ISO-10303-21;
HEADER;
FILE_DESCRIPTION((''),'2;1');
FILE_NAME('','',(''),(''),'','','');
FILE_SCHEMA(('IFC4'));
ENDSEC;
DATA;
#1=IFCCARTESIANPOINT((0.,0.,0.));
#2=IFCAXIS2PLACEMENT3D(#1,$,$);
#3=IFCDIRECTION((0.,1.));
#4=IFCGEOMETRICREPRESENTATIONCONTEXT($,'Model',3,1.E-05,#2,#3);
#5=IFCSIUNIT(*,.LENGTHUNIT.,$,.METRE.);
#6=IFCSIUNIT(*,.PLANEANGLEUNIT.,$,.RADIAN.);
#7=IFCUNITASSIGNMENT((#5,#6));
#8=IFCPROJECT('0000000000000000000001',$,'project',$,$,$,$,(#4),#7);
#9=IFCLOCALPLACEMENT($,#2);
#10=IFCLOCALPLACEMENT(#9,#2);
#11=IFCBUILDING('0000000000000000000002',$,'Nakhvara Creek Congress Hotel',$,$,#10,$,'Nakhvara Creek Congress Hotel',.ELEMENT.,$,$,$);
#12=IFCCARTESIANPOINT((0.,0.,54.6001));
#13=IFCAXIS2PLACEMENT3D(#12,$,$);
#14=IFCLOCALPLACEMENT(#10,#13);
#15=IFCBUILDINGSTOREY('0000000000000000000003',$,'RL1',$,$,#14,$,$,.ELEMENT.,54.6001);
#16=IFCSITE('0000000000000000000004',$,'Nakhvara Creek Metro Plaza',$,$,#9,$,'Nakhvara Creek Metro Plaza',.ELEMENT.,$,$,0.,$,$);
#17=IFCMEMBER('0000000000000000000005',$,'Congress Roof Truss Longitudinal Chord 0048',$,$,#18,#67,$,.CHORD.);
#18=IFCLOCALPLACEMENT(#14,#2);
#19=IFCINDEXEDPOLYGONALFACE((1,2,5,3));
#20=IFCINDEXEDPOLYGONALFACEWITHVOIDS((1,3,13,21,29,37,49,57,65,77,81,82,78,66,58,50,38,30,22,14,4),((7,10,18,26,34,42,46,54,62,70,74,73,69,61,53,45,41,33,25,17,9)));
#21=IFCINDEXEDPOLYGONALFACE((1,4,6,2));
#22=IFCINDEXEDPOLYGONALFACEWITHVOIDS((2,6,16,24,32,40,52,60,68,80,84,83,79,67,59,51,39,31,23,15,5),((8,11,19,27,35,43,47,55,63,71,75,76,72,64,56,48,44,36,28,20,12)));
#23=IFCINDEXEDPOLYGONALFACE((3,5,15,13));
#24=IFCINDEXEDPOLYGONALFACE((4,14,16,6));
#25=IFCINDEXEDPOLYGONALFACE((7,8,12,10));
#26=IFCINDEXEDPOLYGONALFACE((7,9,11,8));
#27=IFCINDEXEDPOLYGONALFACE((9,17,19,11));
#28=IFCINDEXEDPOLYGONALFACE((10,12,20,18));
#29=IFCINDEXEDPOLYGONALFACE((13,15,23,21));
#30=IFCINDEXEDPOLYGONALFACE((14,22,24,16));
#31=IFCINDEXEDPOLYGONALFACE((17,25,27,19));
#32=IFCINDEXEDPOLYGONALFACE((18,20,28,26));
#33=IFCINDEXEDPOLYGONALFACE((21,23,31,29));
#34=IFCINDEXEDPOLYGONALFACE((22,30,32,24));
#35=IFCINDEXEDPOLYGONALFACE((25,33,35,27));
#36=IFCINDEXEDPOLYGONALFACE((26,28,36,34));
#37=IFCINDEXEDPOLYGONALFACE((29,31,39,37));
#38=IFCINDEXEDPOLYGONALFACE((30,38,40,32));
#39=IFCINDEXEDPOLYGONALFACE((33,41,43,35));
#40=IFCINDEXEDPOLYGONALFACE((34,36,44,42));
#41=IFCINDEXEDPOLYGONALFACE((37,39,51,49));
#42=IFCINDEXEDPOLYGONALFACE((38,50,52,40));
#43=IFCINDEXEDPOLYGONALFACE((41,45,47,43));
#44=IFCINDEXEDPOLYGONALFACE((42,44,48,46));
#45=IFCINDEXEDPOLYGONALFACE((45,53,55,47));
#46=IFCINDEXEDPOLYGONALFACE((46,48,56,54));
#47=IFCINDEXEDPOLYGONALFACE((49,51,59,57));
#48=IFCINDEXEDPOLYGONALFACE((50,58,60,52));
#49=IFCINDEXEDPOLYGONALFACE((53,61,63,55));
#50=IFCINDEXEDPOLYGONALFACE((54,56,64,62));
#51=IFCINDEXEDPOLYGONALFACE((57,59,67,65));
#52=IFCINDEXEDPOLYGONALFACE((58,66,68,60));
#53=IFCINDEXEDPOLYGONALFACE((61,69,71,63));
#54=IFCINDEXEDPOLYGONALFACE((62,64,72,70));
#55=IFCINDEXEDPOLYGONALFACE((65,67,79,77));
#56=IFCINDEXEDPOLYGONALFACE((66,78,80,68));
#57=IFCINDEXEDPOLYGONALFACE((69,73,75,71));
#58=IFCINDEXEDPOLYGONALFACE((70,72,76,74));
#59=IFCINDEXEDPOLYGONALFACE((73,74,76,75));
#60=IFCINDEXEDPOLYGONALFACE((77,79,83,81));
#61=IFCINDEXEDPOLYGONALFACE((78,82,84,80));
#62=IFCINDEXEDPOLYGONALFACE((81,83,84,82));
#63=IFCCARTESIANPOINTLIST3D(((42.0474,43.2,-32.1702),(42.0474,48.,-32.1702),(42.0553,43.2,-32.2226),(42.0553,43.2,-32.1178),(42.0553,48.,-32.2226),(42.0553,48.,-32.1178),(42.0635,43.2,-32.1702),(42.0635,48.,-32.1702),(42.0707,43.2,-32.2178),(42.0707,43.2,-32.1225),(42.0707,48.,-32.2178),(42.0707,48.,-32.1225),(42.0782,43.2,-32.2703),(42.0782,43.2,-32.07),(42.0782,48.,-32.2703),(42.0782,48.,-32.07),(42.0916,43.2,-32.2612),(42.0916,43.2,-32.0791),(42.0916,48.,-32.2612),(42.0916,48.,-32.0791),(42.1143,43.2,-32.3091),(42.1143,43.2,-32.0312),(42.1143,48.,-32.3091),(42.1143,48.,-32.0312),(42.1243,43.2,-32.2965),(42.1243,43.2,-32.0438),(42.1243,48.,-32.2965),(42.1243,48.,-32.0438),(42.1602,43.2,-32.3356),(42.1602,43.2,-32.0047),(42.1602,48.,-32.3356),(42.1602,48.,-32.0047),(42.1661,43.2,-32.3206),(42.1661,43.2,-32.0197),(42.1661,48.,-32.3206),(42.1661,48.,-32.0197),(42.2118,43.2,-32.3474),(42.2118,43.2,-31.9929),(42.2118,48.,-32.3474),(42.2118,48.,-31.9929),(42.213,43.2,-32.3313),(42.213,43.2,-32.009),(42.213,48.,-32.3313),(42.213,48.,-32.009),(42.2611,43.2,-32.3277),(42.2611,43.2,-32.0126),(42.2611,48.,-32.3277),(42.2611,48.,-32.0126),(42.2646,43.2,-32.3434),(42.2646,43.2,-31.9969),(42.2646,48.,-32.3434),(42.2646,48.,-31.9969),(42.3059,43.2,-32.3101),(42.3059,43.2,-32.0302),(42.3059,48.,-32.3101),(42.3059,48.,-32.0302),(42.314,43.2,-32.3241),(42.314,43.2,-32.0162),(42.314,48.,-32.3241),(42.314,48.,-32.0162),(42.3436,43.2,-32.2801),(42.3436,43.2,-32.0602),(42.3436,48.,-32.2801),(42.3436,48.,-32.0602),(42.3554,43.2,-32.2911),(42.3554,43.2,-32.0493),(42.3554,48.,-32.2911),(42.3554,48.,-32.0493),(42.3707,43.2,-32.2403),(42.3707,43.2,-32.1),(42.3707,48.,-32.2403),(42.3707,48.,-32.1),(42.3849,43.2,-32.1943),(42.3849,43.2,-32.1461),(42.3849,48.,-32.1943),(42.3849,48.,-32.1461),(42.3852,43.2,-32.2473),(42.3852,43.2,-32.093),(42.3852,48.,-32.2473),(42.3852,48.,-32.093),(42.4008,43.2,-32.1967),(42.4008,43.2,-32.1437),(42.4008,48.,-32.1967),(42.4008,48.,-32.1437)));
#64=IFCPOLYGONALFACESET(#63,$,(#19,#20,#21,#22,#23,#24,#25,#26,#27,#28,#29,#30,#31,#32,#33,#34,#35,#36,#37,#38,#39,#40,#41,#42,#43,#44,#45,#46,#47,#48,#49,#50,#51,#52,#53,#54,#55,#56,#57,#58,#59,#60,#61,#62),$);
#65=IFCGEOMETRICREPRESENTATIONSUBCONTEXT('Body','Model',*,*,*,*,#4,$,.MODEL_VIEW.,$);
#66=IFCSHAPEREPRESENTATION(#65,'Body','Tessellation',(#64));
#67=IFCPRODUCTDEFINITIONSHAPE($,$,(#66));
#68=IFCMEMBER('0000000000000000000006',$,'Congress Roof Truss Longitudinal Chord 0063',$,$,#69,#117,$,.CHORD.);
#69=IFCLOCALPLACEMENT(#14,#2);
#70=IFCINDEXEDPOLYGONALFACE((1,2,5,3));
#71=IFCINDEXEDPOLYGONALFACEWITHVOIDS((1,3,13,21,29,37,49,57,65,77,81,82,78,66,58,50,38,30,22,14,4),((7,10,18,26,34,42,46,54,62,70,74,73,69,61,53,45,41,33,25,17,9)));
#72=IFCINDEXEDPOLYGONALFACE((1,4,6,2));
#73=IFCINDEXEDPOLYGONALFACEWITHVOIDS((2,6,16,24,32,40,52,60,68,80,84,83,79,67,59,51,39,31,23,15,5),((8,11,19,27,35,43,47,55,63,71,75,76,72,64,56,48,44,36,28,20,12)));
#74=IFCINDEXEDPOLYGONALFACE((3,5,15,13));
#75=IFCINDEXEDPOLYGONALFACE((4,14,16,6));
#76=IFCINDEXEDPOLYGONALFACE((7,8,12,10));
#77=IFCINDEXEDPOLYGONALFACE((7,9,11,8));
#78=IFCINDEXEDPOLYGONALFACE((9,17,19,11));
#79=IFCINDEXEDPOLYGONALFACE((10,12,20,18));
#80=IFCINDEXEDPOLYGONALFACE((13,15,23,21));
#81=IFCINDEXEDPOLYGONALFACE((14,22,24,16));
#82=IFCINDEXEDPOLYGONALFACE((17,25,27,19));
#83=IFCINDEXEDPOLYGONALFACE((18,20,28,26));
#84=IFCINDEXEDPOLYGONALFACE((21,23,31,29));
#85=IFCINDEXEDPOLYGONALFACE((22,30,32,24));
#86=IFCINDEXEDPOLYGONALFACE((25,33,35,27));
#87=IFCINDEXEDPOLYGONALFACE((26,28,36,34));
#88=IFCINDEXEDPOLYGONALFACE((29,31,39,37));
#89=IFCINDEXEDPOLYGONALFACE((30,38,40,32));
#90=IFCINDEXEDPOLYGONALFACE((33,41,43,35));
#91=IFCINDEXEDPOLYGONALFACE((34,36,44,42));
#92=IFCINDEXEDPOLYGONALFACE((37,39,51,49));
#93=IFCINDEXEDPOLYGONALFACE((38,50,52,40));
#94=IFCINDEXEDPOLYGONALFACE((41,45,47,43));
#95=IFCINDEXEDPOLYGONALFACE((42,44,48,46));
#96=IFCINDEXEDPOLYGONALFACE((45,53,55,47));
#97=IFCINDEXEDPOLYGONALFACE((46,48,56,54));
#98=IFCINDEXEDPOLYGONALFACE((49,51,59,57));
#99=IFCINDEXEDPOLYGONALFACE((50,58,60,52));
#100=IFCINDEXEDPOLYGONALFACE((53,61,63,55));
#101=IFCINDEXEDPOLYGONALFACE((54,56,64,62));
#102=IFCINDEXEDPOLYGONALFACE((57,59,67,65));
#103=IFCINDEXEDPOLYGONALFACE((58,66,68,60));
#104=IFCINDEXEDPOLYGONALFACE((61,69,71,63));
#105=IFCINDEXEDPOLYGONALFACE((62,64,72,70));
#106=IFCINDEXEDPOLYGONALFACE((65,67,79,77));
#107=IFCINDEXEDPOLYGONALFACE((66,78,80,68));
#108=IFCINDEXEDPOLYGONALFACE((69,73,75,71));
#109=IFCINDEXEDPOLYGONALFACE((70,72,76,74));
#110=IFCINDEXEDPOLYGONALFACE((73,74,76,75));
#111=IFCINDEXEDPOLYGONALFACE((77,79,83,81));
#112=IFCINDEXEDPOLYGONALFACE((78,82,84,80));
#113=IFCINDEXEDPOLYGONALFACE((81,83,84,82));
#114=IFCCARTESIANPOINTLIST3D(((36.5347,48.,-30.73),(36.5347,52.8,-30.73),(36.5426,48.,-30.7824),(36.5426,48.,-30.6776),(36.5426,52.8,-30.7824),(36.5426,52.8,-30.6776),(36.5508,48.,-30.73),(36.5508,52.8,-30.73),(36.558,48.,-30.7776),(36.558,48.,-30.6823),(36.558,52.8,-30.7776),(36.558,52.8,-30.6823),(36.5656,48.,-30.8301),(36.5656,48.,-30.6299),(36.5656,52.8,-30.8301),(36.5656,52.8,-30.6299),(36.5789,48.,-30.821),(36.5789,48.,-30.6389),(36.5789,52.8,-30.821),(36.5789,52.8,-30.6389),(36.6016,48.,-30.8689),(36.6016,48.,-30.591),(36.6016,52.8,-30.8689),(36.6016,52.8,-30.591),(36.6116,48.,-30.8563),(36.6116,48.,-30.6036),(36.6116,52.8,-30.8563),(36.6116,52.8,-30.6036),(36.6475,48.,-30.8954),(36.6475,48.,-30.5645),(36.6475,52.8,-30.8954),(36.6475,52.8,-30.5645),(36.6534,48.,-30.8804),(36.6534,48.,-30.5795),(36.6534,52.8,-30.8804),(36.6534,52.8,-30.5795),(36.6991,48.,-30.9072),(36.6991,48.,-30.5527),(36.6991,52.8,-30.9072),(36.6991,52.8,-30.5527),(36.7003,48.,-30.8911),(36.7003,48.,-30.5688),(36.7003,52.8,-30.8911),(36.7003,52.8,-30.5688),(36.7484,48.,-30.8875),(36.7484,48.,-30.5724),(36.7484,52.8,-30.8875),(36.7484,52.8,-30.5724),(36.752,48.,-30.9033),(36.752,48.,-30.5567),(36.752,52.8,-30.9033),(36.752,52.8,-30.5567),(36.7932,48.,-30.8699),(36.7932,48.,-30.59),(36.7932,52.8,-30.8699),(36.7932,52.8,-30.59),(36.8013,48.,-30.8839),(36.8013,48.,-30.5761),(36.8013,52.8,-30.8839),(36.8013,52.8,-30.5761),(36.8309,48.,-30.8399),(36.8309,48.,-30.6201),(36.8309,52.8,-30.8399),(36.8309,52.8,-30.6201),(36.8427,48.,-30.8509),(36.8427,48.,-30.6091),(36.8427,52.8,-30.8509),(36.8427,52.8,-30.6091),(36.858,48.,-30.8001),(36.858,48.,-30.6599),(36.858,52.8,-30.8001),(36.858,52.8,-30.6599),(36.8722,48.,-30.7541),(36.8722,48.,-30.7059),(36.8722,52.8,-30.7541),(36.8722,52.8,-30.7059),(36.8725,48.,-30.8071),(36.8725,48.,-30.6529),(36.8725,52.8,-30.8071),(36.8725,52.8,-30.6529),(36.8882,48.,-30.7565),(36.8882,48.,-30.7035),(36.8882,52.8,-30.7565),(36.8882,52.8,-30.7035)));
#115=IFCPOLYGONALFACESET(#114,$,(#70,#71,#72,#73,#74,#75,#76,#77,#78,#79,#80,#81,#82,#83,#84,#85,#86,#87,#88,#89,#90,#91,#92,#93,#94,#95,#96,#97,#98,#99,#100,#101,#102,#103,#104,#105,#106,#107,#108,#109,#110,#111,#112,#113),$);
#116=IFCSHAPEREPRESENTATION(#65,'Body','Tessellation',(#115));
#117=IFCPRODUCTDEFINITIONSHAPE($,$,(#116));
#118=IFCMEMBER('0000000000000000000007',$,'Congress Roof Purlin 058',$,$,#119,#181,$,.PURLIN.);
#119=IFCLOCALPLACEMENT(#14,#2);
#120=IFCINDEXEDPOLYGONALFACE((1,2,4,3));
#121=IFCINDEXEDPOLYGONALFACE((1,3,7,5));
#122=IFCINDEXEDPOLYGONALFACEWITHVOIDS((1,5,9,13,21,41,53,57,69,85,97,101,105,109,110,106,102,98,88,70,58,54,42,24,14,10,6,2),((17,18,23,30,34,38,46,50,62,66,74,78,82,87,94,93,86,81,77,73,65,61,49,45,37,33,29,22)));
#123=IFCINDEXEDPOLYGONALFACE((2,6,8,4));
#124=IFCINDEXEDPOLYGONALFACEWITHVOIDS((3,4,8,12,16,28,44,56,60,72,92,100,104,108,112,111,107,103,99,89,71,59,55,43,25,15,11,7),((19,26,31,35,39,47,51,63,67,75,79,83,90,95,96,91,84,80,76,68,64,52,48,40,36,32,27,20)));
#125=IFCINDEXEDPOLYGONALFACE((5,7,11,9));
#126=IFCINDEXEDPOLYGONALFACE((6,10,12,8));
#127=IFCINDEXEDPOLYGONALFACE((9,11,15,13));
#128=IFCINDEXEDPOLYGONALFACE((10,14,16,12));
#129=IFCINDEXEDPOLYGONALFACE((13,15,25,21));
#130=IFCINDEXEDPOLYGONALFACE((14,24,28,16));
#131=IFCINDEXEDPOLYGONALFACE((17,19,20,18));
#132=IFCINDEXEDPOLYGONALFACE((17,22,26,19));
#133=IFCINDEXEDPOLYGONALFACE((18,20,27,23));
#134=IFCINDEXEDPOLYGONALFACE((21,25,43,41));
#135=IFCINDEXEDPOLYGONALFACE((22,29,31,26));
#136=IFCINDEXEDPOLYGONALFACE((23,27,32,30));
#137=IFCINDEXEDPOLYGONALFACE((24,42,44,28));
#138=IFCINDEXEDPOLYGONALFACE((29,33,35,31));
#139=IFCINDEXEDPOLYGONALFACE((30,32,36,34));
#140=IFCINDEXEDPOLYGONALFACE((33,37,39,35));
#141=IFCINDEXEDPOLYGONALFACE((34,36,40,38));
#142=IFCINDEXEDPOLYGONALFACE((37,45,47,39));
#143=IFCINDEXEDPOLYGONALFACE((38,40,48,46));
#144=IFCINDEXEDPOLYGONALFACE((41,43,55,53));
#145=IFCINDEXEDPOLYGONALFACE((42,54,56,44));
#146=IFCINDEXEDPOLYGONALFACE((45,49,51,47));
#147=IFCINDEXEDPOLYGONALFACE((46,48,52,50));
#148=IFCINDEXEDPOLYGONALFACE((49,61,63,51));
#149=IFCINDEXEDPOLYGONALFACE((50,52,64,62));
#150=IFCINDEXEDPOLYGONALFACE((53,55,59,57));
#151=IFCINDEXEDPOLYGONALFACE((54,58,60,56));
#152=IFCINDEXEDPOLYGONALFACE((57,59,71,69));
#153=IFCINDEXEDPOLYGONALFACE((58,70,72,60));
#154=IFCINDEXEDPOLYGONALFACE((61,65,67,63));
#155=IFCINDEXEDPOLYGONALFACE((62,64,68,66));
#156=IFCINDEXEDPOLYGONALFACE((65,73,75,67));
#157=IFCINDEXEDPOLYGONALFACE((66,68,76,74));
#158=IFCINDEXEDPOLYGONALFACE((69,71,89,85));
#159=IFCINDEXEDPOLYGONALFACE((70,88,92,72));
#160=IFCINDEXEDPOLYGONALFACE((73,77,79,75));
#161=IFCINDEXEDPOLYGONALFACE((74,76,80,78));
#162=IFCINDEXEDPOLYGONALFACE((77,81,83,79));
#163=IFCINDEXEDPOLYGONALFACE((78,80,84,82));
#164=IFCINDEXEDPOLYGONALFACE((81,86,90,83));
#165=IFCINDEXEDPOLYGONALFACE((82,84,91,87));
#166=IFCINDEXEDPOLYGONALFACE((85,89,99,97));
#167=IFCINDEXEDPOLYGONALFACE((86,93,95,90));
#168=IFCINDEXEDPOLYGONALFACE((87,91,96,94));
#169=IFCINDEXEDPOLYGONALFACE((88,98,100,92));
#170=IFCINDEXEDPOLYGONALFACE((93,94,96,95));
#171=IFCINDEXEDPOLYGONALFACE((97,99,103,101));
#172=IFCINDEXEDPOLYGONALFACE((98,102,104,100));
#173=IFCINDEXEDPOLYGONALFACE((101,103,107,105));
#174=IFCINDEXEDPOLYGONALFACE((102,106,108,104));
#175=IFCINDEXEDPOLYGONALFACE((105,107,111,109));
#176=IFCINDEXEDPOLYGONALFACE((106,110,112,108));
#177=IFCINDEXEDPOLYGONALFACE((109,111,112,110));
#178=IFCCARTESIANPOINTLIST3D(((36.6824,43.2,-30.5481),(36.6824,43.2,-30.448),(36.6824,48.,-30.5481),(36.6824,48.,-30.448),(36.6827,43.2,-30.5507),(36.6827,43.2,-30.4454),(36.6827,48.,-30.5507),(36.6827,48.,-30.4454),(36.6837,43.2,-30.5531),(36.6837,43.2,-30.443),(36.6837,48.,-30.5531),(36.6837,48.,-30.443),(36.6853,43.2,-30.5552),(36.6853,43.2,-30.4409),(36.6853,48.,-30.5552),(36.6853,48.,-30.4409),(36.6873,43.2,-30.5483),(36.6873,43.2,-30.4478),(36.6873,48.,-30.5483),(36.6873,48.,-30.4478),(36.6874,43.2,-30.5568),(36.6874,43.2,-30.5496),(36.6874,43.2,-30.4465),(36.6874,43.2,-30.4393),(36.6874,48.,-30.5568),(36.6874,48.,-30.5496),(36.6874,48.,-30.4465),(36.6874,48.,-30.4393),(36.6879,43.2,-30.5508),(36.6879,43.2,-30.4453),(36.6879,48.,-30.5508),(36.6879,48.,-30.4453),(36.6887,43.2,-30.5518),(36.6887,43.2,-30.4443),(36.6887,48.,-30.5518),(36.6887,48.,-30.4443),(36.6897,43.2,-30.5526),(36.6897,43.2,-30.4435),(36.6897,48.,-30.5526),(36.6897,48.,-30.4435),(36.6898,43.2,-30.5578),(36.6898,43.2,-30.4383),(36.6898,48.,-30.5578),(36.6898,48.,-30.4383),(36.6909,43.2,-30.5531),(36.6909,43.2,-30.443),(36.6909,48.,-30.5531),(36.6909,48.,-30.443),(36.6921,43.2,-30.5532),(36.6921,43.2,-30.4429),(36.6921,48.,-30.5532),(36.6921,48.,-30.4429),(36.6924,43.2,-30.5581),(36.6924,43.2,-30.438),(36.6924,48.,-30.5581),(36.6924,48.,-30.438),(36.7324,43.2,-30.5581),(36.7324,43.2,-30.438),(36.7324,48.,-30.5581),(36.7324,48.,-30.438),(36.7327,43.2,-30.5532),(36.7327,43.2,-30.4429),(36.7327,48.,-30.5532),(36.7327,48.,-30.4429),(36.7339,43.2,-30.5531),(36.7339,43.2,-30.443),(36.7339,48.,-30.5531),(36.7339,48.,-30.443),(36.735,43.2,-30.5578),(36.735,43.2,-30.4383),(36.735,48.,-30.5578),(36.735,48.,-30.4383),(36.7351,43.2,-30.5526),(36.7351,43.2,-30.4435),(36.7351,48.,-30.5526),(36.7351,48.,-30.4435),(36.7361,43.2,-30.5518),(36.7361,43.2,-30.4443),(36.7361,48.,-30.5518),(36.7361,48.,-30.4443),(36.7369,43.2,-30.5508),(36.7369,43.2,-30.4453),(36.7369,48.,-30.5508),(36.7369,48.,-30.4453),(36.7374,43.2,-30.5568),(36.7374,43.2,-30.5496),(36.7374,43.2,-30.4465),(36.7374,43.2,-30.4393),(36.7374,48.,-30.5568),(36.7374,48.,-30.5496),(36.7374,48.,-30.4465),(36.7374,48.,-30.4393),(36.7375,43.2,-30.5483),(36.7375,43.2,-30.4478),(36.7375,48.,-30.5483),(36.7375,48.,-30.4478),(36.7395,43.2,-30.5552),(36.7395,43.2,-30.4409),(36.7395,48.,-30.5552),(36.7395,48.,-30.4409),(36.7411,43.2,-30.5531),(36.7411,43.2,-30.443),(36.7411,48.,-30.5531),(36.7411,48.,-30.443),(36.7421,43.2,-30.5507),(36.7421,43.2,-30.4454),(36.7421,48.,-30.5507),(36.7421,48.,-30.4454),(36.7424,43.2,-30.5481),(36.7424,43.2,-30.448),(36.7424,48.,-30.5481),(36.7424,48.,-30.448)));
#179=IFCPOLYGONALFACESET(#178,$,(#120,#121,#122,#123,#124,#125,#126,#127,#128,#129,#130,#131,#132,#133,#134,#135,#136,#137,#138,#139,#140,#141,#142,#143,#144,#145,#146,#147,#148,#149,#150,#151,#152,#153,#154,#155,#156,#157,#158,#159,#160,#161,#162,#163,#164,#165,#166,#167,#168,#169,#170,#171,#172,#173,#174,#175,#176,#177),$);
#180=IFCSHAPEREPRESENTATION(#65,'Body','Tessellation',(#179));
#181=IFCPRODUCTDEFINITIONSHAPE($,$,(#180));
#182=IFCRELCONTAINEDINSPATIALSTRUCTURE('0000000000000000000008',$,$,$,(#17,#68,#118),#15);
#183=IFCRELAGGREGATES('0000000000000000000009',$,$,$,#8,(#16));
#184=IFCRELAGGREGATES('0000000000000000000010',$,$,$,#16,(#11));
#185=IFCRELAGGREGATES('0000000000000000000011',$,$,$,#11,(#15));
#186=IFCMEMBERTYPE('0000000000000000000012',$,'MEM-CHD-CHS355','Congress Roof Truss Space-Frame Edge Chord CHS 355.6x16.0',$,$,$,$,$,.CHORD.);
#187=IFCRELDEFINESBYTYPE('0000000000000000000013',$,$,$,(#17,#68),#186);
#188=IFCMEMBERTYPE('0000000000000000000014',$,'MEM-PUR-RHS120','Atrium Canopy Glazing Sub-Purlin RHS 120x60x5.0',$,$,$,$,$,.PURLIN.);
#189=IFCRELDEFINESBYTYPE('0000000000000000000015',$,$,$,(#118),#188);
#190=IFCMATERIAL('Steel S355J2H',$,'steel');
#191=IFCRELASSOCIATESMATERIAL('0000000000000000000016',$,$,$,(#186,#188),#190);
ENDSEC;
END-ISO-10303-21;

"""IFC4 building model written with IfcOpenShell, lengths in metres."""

from ifc_helpers import new_model, si_unit, direction, frame, origin, origin_2d, place, context, subcontext, project, spatial, hollow_rectangle, hollow_circle, extrude, material, material_profile, profile_set, type_object, element, save


model = new_model("IFC4")

# Units and contexts
model_context = context("Model", 3, precision=1e-05, world=origin(), true_north=direction((0.0, 1.0)))
body_context = subcontext(model_context, "Body", "Model", "MODEL_VIEW")
ifc_project = project(units=[si_unit("LENGTHUNIT", "METRE"), si_unit("PLANEANGLEUNIT", "RADIAN")], contexts=[model_context])

# Site, building, storey
site_placement = place(None, origin())
site = spatial("IfcSite", under=ifc_project, at=site_placement, Name="Nakhvara Creek Metro Plaza", LongName="Nakhvara Creek Metro Plaza", CompositionType="ELEMENT", RefElevation=0.0)
building_placement = place(site_placement, origin())
building = spatial("IfcBuilding", under=site, at=building_placement, Name="Nakhvara Creek Congress Hotel", LongName="Nakhvara Creek Congress Hotel", CompositionType="ELEMENT")
storey_placement = place(building_placement, frame((0.0, 0.0, 54.6001)))
storey = spatial("IfcBuildingStorey", under=building, at=storey_placement, Name="RL1", CompositionType="ELEMENT", Elevation=54.6001)

# Members
ifc_material_1 = material(Name="Steel S355J2H", Category="steel")
ifc_material_profile_1 = material_profile(ifc_material_1, hollow_circle(Radius=0.1777, WallThickness=0.0161, at=origin_2d()), Name="CHS 355.6x16.0", Category="LoadBearing")
ifc_profile_set_1 = profile_set([ifc_material_profile_1], Name="Steel S355J2H")
member_type_1 = type_object("IfcMemberType", Name="MEM-CHD-CHS355", Description="Congress Roof Truss Space-Frame Edge Chord CHS 355.6x16.0", PredefinedType="CHORD", material=ifc_profile_set_1)
for number, where, z_axis, x_axis, name in (
    (1, (42.2251, 43.2, -32.1702), (0.0, 1.0, 0.0), (-1.0, 0.0, 0.0), "Congress Roof Truss Longitudinal Chord 0048"),
    (2, (36.7124, 48.0, -30.73), (0.0, 1.0, 0.0), (-1.0, 0.0, 0.0), "Congress Roof Truss Longitudinal Chord 0063"),
):
    element("IfcMember", number, at=place(storey_placement, frame(where, z_axis=z_axis, x_axis=x_axis)), inside=storey, type_object=member_type_1, Name=name, PredefinedType="CHORD", context=body_context, shape_type="SweptSolid", body=[
        extrude(hollow_circle(Radius=0.1777, WallThickness=0.0161, at=origin_2d()), origin(), (0.0, 0.0, 1.0), 4.8),
    ])
ifc_material_profile_2 = material_profile(ifc_material_1, hollow_rectangle(XDim=0.0601, YDim=0.1201, WallThickness=0.0049, InnerFilletRadius=0.0049, OuterFilletRadius=0.01, at=origin_2d()), Name="RHS 120x60x5.0", Category="LoadBearing")
ifc_profile_set_2 = profile_set([ifc_material_profile_2], Name="Steel S355J2H")
member_type_2 = type_object("IfcMemberType", Name="MEM-PUR-RHS120", Description="Atrium Canopy Glazing Sub-Purlin RHS 120x60x5.0", PredefinedType="PURLIN", material=ifc_profile_set_2)
for number, where, z_axis, x_axis, name in (
    (3, (36.7124, 43.2, -30.498), (0.0, 1.0, 0.0), (-1.0, 0.0, 0.0), "Congress Roof Purlin 058"),
):
    element("IfcMember", number, at=place(storey_placement, frame(where, z_axis=z_axis, x_axis=x_axis)), inside=storey, type_object=member_type_2, Name=name, PredefinedType="PURLIN", context=body_context, shape_type="SweptSolid", body=[
        extrude(hollow_rectangle(XDim=0.0601, YDim=0.1201, WallThickness=0.0049, InnerFilletRadius=0.0049, OuterFilletRadius=0.01, at=origin_2d()), origin(), (0.0, 0.0, 1.0), 4.8),
    ])

save(model, "model.ifc")
